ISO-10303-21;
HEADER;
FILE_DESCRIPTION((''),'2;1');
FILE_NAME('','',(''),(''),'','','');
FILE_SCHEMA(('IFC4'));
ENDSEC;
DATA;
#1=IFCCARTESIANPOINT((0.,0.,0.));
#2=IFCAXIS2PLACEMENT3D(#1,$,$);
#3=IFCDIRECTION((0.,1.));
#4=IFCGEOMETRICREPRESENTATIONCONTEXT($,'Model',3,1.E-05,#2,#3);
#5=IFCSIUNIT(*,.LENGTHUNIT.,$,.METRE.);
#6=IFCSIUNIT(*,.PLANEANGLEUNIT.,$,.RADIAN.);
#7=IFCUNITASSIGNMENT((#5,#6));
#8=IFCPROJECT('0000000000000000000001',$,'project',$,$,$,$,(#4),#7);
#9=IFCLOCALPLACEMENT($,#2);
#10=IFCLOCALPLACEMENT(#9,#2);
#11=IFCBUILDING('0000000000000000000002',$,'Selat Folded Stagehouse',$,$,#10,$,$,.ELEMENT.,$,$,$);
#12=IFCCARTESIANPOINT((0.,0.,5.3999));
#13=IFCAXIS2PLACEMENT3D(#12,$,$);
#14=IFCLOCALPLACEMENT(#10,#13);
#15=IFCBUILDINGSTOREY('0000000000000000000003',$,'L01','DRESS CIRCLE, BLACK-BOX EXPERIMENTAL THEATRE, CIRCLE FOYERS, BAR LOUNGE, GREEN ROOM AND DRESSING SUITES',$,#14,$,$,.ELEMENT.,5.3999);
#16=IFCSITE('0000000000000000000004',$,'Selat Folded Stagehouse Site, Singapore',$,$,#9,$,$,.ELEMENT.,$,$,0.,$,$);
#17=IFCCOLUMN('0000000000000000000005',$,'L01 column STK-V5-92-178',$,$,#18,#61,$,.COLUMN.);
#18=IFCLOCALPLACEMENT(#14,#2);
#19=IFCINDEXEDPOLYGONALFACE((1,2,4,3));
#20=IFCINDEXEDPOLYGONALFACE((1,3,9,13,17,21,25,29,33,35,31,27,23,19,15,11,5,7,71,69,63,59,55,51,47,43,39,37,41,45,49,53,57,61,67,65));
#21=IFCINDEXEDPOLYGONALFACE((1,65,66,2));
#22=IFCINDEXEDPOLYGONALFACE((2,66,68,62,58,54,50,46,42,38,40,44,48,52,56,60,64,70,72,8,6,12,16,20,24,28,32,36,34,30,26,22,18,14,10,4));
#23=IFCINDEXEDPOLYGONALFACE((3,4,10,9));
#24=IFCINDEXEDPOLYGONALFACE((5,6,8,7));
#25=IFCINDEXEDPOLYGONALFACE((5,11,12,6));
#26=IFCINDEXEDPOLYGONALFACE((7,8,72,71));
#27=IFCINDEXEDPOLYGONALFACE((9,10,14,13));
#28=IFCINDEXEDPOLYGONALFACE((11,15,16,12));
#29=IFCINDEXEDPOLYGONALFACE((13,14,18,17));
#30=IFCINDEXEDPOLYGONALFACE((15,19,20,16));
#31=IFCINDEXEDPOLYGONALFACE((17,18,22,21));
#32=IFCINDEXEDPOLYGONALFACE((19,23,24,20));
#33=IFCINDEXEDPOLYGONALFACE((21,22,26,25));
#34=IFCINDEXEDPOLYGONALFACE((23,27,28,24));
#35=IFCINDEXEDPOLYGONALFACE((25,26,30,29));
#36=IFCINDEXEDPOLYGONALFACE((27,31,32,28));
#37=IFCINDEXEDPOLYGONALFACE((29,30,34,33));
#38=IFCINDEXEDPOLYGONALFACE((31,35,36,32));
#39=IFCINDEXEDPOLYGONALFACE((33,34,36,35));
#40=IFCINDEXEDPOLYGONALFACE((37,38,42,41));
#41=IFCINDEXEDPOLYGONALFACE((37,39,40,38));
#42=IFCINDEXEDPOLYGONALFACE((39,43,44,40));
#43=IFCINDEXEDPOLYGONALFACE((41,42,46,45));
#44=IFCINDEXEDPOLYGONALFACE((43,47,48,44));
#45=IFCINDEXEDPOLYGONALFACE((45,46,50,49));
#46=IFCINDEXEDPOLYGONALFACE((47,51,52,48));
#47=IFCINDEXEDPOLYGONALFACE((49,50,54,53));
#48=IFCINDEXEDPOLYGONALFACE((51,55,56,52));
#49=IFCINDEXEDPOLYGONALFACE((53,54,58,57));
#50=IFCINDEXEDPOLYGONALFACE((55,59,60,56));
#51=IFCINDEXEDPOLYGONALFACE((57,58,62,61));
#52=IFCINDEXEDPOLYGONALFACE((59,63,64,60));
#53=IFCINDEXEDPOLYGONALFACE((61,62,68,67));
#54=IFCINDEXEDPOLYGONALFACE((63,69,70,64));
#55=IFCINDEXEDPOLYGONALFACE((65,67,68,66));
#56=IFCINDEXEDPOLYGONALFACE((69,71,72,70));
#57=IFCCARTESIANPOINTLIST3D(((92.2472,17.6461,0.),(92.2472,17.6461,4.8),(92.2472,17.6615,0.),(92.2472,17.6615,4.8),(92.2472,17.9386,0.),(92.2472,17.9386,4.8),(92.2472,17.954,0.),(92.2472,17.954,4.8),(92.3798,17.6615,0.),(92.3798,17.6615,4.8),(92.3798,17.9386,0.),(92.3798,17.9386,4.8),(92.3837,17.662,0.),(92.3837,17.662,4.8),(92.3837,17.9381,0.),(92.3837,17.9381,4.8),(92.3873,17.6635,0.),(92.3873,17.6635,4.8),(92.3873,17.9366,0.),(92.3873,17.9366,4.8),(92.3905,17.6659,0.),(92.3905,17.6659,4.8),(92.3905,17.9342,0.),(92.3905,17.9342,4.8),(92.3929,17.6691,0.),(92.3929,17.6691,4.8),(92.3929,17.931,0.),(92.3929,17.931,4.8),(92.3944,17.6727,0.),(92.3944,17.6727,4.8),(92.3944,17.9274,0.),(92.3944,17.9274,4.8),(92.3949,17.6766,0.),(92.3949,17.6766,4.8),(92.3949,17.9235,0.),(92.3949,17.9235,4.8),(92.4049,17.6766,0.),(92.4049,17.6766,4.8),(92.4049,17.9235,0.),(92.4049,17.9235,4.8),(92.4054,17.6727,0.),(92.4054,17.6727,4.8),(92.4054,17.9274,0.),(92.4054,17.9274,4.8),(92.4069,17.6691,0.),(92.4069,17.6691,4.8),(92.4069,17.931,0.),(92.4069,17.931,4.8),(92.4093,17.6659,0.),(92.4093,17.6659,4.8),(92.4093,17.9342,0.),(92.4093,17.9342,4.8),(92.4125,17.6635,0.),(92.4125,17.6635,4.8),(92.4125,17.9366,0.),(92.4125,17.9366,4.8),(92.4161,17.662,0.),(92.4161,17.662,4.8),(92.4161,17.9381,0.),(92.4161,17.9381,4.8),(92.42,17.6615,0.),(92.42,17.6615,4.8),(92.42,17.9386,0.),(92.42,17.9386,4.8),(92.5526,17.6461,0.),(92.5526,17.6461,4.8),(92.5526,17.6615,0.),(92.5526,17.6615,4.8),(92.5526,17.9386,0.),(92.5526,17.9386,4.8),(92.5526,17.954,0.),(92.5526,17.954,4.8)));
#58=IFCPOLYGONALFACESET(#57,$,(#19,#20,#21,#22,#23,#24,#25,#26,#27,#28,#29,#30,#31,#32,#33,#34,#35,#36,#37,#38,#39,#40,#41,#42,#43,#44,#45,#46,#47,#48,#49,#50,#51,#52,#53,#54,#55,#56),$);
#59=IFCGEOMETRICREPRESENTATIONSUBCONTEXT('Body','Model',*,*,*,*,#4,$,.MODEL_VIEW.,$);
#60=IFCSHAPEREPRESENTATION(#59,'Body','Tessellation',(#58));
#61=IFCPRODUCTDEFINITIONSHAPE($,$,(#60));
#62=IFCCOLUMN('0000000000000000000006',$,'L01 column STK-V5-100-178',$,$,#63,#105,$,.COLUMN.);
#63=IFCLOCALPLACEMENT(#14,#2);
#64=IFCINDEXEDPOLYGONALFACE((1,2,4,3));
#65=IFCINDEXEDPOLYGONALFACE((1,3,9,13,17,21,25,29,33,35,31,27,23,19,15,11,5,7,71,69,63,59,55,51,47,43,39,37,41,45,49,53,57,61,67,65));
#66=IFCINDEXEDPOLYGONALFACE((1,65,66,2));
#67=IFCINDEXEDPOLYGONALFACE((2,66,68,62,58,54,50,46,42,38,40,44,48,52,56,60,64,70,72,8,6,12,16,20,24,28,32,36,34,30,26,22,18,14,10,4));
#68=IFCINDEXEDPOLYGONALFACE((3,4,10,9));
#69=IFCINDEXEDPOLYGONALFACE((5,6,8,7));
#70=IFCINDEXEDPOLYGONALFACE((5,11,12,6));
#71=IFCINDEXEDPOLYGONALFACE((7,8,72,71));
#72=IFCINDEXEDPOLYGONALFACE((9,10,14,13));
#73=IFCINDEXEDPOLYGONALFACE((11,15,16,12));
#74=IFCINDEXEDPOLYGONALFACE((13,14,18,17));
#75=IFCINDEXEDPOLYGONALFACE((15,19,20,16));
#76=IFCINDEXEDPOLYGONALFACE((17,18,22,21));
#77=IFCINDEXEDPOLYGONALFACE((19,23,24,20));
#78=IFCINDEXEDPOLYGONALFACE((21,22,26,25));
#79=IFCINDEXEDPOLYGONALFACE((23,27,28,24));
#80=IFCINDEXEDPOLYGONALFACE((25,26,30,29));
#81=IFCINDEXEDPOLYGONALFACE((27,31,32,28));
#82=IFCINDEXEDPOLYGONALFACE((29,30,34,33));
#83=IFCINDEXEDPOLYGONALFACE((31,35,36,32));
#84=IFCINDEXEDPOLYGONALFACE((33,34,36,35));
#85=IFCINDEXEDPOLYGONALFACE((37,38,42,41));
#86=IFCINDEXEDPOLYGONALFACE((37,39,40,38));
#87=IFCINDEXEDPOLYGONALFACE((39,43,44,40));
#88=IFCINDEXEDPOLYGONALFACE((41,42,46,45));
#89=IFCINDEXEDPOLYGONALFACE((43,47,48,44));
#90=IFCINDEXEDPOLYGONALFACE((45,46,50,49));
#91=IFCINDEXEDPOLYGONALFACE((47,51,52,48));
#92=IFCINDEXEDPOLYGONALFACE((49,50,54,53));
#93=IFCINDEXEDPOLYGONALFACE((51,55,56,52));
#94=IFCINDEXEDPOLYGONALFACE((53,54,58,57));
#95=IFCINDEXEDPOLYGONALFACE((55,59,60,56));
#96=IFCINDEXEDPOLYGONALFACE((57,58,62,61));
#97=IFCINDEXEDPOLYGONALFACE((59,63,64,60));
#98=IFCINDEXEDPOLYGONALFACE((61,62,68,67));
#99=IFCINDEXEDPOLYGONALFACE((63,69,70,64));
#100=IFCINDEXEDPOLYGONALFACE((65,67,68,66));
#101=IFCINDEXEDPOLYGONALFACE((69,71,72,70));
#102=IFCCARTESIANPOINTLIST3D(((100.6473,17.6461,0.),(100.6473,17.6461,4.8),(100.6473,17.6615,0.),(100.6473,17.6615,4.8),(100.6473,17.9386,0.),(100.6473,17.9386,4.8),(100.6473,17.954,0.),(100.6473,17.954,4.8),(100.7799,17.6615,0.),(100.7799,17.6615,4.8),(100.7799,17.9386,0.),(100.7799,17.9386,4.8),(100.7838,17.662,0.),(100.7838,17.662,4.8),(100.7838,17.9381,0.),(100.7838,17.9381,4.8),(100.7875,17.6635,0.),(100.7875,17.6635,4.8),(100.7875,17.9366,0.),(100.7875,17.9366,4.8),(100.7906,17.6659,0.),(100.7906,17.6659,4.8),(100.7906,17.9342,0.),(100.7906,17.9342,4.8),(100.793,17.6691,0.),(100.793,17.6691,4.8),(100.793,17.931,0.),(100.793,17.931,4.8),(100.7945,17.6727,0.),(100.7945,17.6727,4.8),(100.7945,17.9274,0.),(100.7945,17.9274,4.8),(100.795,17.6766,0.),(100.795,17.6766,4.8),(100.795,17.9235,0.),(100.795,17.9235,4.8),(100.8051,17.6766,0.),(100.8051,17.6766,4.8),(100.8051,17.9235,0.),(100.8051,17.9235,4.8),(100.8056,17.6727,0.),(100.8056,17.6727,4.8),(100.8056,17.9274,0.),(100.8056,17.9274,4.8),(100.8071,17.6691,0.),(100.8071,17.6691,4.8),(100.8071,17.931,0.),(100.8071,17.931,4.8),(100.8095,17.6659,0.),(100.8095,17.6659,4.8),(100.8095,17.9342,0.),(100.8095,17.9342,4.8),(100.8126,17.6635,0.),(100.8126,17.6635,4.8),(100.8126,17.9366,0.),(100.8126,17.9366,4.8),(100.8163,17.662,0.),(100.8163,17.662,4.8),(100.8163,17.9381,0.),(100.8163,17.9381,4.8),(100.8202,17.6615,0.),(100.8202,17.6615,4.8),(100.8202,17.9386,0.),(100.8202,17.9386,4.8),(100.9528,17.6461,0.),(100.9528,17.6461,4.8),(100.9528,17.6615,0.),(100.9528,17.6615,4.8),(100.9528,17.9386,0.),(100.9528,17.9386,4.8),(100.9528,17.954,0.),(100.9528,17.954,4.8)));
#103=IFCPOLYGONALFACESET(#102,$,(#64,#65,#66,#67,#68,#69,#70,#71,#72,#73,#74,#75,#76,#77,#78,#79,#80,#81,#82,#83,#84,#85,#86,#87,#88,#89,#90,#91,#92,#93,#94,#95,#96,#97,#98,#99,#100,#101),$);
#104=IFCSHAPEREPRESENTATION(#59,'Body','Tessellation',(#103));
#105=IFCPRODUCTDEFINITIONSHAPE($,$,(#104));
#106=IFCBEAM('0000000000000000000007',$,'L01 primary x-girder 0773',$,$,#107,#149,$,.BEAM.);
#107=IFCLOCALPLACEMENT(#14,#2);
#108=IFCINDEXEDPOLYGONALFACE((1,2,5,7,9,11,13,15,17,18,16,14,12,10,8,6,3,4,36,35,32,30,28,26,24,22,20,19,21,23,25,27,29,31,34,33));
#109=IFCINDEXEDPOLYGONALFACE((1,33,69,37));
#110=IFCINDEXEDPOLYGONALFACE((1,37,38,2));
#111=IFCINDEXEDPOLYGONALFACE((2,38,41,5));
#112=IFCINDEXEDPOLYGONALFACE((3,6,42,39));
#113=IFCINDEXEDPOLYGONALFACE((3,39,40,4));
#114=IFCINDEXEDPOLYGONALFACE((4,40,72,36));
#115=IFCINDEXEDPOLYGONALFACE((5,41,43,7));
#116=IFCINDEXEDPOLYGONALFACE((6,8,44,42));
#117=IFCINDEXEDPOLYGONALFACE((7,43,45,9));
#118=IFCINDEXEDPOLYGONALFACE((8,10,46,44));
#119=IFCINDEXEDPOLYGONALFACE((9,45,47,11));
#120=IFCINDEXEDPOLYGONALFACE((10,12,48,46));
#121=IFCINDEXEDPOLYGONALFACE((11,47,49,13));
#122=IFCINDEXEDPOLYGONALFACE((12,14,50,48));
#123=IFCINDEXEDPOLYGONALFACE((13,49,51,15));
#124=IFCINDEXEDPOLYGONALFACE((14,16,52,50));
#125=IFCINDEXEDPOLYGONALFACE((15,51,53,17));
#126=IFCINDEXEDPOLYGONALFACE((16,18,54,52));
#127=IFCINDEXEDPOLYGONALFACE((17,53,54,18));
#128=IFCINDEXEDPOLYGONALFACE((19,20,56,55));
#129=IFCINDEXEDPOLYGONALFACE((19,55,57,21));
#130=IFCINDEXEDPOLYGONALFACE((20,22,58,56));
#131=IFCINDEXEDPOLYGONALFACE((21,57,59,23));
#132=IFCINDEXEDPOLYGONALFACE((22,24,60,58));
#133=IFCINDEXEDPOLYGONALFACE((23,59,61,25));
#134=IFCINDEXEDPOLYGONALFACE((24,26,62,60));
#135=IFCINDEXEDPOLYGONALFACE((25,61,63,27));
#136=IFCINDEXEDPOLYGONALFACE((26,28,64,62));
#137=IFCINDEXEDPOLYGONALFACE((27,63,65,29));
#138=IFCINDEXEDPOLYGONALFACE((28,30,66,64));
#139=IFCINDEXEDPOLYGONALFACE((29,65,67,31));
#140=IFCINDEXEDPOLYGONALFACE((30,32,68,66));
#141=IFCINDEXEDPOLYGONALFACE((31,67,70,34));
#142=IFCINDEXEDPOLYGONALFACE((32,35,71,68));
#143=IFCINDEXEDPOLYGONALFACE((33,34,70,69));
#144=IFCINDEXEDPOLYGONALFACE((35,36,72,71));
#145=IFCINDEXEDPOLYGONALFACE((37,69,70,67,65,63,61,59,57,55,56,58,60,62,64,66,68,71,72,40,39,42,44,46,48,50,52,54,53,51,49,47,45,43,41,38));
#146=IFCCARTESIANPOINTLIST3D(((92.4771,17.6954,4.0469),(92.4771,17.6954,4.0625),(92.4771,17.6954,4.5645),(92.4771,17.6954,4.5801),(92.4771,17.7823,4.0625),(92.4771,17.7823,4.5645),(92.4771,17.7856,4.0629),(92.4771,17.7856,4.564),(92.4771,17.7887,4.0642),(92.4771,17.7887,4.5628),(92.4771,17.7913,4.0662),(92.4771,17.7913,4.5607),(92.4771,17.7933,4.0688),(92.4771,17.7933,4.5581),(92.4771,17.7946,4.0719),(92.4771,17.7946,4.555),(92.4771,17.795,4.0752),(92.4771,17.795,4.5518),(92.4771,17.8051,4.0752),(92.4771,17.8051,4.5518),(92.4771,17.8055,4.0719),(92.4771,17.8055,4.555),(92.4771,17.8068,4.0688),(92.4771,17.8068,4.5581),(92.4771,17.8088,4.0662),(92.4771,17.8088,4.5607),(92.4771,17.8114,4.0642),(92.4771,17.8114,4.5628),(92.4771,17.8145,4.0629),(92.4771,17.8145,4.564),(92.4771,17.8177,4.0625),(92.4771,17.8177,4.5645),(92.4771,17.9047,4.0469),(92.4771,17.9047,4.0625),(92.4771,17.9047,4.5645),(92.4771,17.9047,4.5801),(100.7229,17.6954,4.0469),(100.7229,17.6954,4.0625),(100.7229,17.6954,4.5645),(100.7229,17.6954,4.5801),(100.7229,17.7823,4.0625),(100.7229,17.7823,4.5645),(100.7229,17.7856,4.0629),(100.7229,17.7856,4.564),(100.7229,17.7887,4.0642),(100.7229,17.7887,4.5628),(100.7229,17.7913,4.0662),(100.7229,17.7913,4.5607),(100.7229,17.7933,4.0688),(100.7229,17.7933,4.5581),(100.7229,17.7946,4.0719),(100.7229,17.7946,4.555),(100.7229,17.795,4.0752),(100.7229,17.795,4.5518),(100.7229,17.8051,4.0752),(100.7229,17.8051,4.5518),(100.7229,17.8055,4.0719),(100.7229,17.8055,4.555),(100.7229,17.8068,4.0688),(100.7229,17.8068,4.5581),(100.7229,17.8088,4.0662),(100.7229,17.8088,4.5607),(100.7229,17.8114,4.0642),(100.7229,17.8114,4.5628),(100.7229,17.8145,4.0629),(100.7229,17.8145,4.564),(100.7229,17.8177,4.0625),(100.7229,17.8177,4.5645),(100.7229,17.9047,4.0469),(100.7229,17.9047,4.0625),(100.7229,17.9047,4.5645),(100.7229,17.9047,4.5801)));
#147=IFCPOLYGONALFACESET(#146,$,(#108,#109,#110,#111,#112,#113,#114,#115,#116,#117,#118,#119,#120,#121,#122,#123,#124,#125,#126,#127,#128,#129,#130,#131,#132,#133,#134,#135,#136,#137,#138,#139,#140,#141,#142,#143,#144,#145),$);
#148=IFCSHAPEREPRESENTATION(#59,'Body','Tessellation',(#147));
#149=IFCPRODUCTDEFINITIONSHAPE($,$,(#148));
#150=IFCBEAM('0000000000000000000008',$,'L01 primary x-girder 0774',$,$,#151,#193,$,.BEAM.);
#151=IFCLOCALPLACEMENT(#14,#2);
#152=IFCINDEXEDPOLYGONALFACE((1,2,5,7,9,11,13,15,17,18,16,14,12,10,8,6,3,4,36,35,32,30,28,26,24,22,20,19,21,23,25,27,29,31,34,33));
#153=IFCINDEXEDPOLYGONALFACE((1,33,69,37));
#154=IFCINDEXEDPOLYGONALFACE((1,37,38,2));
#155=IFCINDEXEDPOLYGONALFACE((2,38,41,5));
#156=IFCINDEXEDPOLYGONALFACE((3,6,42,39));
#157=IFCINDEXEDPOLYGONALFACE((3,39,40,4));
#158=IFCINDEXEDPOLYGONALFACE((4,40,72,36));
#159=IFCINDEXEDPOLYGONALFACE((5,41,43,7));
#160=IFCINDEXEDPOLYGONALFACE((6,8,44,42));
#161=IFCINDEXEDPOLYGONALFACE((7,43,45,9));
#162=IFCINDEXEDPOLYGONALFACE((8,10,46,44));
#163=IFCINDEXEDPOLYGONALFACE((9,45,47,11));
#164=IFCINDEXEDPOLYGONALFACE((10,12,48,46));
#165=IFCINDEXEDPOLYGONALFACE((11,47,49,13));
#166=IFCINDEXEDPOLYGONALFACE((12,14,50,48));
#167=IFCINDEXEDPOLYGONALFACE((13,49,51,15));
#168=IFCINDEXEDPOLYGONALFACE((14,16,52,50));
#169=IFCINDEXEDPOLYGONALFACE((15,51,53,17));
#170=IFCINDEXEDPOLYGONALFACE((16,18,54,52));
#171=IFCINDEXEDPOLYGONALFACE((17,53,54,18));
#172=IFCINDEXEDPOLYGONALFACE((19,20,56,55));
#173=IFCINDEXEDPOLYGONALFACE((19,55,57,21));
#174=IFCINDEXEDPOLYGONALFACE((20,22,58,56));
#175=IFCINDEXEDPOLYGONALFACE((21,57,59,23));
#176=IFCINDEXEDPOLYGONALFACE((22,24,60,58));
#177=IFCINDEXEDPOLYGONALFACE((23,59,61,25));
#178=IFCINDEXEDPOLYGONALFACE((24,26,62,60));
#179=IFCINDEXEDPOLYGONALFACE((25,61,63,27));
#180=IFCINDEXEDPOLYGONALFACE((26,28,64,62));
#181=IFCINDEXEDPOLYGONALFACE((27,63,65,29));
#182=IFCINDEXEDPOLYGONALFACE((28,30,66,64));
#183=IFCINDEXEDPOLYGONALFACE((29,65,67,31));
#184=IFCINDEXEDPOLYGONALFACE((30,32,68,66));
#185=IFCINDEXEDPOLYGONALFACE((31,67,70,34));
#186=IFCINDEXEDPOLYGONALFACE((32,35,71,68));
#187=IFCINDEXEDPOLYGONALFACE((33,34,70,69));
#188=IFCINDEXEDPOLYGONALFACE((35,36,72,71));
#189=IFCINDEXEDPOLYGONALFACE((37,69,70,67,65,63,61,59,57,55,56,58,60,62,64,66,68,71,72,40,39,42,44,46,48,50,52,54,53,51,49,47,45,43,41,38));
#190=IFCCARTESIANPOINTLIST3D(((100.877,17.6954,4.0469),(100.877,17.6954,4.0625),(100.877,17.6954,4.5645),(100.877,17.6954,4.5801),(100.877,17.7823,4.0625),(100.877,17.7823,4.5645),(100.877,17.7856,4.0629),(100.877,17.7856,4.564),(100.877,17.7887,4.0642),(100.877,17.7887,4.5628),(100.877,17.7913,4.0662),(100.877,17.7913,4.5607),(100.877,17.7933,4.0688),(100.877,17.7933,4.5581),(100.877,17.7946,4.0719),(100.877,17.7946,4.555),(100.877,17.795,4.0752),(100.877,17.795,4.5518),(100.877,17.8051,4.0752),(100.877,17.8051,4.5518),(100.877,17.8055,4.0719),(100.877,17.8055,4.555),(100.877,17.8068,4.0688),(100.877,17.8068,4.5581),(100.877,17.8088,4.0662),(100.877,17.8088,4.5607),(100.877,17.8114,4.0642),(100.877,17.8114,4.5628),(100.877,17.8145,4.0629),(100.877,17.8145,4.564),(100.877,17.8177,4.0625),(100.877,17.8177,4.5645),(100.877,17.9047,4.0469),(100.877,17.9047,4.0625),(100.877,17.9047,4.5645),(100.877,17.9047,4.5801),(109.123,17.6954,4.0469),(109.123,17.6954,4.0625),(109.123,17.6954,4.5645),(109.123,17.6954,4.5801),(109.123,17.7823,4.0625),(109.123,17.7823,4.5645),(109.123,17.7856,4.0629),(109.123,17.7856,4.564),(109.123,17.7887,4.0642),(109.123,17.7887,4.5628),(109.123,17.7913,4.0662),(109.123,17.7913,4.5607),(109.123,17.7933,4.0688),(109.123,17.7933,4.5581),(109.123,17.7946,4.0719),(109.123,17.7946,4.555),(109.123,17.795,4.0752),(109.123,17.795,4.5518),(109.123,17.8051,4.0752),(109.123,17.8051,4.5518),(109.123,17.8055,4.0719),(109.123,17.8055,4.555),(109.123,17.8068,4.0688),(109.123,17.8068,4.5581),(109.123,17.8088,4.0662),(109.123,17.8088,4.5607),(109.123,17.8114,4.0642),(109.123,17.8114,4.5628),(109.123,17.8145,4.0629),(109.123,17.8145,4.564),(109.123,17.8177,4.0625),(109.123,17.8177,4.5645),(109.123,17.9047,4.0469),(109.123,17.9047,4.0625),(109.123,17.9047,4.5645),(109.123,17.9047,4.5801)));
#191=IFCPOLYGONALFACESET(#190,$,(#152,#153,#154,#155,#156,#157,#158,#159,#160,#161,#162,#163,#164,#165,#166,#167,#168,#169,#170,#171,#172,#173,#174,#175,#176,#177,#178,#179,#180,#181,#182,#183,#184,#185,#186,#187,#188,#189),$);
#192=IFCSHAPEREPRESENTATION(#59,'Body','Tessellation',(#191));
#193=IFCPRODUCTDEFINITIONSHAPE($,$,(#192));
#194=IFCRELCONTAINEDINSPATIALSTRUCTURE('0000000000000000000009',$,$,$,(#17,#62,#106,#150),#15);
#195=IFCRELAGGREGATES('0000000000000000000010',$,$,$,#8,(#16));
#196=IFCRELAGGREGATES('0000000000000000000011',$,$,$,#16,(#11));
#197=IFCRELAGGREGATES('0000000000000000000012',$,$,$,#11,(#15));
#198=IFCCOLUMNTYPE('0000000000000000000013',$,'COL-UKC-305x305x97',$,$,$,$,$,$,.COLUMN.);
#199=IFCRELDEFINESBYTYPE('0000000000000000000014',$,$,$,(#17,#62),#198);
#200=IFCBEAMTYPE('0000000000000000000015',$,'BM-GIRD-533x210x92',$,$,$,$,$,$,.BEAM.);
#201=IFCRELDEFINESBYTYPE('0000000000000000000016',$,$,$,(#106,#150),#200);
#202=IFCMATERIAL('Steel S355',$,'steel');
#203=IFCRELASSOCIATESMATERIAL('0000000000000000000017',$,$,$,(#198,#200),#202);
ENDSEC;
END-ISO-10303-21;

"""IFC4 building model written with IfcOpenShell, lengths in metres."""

from ifc_helpers import new_model, si_unit, direction, frame, origin, origin_2d, place, context, subcontext, project, spatial, i_section, extrude, material, material_profile, profile_set, type_object, element, save


model = new_model("IFC4")

# Units and contexts
model_context = context("Model", 3, precision=1e-05, world=origin(), true_north=direction((0.0, 1.0)))
body_context = subcontext(model_context, "Body", "Model", "MODEL_VIEW")
ifc_project = project(units=[si_unit("LENGTHUNIT", "METRE"), si_unit("PLANEANGLEUNIT", "RADIAN")], contexts=[model_context])

# Site, building, storey
site_placement = place(None, origin())
site = spatial("IfcSite", under=ifc_project, at=site_placement, Name="Selat Folded Stagehouse Site, Singapore", CompositionType="ELEMENT", RefElevation=0.0)
building_placement = place(site_placement, origin())
building = spatial("IfcBuilding", under=site, at=building_placement, Name="Selat Folded Stagehouse", CompositionType="ELEMENT")
storey_placement = place(building_placement, frame((0.0, 0.0, 5.3999)))
storey = spatial("IfcBuildingStorey", under=building, at=storey_placement, Name="L01", Description="DRESS CIRCLE, BLACK-BOX EXPERIMENTAL THEATRE, CIRCLE FOYERS, BAR LOUNGE, GREEN ROOM AND DRESSING SUITES", CompositionType="ELEMENT", Elevation=5.3999)

# Columns
ifc_material_1 = material(Name="Steel S355", Category="steel")
ifc_material_profile_1 = material_profile(ifc_material_1, i_section(OverallWidth=0.3054, OverallDepth=0.3079, WebThickness=0.01, FlangeThickness=0.0154, FilletRadius=0.0151, at=origin_2d()), Name="UKC 305x305x97")
ifc_profile_set_1 = profile_set([ifc_material_profile_1], Name="Steel S355")
column_type = type_object("IfcColumnType", Name="COL-UKC-305x305x97", PredefinedType="COLUMN", material=ifc_profile_set_1)
for number, where, z_axis, x_axis, name in (
    (1, (92.3999, 17.8, 0.0), (0.0, 0.0, 1.0), (1.0, 0.0, 0.0), "L01 column STK-V5-92-178"),
    (2, (100.8, 17.8, 0.0), (0.0, 0.0, 1.0), (1.0, 0.0, 0.0), "L01 column STK-V5-100-178"),
):
    element("IfcColumn", number, at=place(storey_placement, frame(where, z_axis=z_axis, x_axis=x_axis)), inside=storey, type_object=column_type, Name=name, PredefinedType="COLUMN", context=body_context, shape_type="SweptSolid", body=[
        extrude(i_section(OverallWidth=0.3054, OverallDepth=0.3079, WebThickness=0.01, FlangeThickness=0.0154, FilletRadius=0.0151, at=origin_2d()), origin(), (0.0, 0.0, 1.0), 4.8),
    ])

# Beams
ifc_material_profile_2 = material_profile(ifc_material_1, i_section(OverallWidth=0.2092, OverallDepth=0.5332, WebThickness=0.01, FlangeThickness=0.0156, FilletRadius=0.0127, at=origin_2d()), Name="UKB 533x210x92")
ifc_profile_set_2 = profile_set([ifc_material_profile_2], Name="Steel S355")
beam_type_1 = type_object("IfcBeamType", Name="BM-GIRD-533x210x92", PredefinedType="BEAM", material=ifc_profile_set_2)
beam_1_placement = place(storey_placement, frame((92.4771, 17.8, 4.3135), z_axis=(1.0, 0.0, 0.0), x_axis=(0.0, 1.0, 0.0)))
element("IfcBeam", 3, at=beam_1_placement, inside=storey, type_object=beam_type_1, Name="L01 primary x-girder 0773", PredefinedType="BEAM", context=body_context, shape_type="SweptSolid", body=[
    extrude(i_section(OverallWidth=0.2092, OverallDepth=0.5332, WebThickness=0.01, FlangeThickness=0.0156, FilletRadius=0.0127, at=origin_2d()), origin(), (0.0, 0.0, 1.0), 8.2458),
])
beam_2_placement = place(storey_placement, frame((100.877, 17.8, 4.3135), z_axis=(1.0, 0.0, 0.0), x_axis=(0.0, 1.0, 0.0)))
element("IfcBeam", 4, at=beam_2_placement, inside=storey, type_object=beam_type_1, Name="L01 primary x-girder 0774", PredefinedType="BEAM", context=body_context, shape_type="SweptSolid", body=[
    extrude(i_section(OverallWidth=0.2092, OverallDepth=0.5332, WebThickness=0.01, FlangeThickness=0.0156, FilletRadius=0.0127, at=origin_2d()), origin(), (0.0, 0.0, 1.0), 8.2461),
])

save(model, "model.ifc")
